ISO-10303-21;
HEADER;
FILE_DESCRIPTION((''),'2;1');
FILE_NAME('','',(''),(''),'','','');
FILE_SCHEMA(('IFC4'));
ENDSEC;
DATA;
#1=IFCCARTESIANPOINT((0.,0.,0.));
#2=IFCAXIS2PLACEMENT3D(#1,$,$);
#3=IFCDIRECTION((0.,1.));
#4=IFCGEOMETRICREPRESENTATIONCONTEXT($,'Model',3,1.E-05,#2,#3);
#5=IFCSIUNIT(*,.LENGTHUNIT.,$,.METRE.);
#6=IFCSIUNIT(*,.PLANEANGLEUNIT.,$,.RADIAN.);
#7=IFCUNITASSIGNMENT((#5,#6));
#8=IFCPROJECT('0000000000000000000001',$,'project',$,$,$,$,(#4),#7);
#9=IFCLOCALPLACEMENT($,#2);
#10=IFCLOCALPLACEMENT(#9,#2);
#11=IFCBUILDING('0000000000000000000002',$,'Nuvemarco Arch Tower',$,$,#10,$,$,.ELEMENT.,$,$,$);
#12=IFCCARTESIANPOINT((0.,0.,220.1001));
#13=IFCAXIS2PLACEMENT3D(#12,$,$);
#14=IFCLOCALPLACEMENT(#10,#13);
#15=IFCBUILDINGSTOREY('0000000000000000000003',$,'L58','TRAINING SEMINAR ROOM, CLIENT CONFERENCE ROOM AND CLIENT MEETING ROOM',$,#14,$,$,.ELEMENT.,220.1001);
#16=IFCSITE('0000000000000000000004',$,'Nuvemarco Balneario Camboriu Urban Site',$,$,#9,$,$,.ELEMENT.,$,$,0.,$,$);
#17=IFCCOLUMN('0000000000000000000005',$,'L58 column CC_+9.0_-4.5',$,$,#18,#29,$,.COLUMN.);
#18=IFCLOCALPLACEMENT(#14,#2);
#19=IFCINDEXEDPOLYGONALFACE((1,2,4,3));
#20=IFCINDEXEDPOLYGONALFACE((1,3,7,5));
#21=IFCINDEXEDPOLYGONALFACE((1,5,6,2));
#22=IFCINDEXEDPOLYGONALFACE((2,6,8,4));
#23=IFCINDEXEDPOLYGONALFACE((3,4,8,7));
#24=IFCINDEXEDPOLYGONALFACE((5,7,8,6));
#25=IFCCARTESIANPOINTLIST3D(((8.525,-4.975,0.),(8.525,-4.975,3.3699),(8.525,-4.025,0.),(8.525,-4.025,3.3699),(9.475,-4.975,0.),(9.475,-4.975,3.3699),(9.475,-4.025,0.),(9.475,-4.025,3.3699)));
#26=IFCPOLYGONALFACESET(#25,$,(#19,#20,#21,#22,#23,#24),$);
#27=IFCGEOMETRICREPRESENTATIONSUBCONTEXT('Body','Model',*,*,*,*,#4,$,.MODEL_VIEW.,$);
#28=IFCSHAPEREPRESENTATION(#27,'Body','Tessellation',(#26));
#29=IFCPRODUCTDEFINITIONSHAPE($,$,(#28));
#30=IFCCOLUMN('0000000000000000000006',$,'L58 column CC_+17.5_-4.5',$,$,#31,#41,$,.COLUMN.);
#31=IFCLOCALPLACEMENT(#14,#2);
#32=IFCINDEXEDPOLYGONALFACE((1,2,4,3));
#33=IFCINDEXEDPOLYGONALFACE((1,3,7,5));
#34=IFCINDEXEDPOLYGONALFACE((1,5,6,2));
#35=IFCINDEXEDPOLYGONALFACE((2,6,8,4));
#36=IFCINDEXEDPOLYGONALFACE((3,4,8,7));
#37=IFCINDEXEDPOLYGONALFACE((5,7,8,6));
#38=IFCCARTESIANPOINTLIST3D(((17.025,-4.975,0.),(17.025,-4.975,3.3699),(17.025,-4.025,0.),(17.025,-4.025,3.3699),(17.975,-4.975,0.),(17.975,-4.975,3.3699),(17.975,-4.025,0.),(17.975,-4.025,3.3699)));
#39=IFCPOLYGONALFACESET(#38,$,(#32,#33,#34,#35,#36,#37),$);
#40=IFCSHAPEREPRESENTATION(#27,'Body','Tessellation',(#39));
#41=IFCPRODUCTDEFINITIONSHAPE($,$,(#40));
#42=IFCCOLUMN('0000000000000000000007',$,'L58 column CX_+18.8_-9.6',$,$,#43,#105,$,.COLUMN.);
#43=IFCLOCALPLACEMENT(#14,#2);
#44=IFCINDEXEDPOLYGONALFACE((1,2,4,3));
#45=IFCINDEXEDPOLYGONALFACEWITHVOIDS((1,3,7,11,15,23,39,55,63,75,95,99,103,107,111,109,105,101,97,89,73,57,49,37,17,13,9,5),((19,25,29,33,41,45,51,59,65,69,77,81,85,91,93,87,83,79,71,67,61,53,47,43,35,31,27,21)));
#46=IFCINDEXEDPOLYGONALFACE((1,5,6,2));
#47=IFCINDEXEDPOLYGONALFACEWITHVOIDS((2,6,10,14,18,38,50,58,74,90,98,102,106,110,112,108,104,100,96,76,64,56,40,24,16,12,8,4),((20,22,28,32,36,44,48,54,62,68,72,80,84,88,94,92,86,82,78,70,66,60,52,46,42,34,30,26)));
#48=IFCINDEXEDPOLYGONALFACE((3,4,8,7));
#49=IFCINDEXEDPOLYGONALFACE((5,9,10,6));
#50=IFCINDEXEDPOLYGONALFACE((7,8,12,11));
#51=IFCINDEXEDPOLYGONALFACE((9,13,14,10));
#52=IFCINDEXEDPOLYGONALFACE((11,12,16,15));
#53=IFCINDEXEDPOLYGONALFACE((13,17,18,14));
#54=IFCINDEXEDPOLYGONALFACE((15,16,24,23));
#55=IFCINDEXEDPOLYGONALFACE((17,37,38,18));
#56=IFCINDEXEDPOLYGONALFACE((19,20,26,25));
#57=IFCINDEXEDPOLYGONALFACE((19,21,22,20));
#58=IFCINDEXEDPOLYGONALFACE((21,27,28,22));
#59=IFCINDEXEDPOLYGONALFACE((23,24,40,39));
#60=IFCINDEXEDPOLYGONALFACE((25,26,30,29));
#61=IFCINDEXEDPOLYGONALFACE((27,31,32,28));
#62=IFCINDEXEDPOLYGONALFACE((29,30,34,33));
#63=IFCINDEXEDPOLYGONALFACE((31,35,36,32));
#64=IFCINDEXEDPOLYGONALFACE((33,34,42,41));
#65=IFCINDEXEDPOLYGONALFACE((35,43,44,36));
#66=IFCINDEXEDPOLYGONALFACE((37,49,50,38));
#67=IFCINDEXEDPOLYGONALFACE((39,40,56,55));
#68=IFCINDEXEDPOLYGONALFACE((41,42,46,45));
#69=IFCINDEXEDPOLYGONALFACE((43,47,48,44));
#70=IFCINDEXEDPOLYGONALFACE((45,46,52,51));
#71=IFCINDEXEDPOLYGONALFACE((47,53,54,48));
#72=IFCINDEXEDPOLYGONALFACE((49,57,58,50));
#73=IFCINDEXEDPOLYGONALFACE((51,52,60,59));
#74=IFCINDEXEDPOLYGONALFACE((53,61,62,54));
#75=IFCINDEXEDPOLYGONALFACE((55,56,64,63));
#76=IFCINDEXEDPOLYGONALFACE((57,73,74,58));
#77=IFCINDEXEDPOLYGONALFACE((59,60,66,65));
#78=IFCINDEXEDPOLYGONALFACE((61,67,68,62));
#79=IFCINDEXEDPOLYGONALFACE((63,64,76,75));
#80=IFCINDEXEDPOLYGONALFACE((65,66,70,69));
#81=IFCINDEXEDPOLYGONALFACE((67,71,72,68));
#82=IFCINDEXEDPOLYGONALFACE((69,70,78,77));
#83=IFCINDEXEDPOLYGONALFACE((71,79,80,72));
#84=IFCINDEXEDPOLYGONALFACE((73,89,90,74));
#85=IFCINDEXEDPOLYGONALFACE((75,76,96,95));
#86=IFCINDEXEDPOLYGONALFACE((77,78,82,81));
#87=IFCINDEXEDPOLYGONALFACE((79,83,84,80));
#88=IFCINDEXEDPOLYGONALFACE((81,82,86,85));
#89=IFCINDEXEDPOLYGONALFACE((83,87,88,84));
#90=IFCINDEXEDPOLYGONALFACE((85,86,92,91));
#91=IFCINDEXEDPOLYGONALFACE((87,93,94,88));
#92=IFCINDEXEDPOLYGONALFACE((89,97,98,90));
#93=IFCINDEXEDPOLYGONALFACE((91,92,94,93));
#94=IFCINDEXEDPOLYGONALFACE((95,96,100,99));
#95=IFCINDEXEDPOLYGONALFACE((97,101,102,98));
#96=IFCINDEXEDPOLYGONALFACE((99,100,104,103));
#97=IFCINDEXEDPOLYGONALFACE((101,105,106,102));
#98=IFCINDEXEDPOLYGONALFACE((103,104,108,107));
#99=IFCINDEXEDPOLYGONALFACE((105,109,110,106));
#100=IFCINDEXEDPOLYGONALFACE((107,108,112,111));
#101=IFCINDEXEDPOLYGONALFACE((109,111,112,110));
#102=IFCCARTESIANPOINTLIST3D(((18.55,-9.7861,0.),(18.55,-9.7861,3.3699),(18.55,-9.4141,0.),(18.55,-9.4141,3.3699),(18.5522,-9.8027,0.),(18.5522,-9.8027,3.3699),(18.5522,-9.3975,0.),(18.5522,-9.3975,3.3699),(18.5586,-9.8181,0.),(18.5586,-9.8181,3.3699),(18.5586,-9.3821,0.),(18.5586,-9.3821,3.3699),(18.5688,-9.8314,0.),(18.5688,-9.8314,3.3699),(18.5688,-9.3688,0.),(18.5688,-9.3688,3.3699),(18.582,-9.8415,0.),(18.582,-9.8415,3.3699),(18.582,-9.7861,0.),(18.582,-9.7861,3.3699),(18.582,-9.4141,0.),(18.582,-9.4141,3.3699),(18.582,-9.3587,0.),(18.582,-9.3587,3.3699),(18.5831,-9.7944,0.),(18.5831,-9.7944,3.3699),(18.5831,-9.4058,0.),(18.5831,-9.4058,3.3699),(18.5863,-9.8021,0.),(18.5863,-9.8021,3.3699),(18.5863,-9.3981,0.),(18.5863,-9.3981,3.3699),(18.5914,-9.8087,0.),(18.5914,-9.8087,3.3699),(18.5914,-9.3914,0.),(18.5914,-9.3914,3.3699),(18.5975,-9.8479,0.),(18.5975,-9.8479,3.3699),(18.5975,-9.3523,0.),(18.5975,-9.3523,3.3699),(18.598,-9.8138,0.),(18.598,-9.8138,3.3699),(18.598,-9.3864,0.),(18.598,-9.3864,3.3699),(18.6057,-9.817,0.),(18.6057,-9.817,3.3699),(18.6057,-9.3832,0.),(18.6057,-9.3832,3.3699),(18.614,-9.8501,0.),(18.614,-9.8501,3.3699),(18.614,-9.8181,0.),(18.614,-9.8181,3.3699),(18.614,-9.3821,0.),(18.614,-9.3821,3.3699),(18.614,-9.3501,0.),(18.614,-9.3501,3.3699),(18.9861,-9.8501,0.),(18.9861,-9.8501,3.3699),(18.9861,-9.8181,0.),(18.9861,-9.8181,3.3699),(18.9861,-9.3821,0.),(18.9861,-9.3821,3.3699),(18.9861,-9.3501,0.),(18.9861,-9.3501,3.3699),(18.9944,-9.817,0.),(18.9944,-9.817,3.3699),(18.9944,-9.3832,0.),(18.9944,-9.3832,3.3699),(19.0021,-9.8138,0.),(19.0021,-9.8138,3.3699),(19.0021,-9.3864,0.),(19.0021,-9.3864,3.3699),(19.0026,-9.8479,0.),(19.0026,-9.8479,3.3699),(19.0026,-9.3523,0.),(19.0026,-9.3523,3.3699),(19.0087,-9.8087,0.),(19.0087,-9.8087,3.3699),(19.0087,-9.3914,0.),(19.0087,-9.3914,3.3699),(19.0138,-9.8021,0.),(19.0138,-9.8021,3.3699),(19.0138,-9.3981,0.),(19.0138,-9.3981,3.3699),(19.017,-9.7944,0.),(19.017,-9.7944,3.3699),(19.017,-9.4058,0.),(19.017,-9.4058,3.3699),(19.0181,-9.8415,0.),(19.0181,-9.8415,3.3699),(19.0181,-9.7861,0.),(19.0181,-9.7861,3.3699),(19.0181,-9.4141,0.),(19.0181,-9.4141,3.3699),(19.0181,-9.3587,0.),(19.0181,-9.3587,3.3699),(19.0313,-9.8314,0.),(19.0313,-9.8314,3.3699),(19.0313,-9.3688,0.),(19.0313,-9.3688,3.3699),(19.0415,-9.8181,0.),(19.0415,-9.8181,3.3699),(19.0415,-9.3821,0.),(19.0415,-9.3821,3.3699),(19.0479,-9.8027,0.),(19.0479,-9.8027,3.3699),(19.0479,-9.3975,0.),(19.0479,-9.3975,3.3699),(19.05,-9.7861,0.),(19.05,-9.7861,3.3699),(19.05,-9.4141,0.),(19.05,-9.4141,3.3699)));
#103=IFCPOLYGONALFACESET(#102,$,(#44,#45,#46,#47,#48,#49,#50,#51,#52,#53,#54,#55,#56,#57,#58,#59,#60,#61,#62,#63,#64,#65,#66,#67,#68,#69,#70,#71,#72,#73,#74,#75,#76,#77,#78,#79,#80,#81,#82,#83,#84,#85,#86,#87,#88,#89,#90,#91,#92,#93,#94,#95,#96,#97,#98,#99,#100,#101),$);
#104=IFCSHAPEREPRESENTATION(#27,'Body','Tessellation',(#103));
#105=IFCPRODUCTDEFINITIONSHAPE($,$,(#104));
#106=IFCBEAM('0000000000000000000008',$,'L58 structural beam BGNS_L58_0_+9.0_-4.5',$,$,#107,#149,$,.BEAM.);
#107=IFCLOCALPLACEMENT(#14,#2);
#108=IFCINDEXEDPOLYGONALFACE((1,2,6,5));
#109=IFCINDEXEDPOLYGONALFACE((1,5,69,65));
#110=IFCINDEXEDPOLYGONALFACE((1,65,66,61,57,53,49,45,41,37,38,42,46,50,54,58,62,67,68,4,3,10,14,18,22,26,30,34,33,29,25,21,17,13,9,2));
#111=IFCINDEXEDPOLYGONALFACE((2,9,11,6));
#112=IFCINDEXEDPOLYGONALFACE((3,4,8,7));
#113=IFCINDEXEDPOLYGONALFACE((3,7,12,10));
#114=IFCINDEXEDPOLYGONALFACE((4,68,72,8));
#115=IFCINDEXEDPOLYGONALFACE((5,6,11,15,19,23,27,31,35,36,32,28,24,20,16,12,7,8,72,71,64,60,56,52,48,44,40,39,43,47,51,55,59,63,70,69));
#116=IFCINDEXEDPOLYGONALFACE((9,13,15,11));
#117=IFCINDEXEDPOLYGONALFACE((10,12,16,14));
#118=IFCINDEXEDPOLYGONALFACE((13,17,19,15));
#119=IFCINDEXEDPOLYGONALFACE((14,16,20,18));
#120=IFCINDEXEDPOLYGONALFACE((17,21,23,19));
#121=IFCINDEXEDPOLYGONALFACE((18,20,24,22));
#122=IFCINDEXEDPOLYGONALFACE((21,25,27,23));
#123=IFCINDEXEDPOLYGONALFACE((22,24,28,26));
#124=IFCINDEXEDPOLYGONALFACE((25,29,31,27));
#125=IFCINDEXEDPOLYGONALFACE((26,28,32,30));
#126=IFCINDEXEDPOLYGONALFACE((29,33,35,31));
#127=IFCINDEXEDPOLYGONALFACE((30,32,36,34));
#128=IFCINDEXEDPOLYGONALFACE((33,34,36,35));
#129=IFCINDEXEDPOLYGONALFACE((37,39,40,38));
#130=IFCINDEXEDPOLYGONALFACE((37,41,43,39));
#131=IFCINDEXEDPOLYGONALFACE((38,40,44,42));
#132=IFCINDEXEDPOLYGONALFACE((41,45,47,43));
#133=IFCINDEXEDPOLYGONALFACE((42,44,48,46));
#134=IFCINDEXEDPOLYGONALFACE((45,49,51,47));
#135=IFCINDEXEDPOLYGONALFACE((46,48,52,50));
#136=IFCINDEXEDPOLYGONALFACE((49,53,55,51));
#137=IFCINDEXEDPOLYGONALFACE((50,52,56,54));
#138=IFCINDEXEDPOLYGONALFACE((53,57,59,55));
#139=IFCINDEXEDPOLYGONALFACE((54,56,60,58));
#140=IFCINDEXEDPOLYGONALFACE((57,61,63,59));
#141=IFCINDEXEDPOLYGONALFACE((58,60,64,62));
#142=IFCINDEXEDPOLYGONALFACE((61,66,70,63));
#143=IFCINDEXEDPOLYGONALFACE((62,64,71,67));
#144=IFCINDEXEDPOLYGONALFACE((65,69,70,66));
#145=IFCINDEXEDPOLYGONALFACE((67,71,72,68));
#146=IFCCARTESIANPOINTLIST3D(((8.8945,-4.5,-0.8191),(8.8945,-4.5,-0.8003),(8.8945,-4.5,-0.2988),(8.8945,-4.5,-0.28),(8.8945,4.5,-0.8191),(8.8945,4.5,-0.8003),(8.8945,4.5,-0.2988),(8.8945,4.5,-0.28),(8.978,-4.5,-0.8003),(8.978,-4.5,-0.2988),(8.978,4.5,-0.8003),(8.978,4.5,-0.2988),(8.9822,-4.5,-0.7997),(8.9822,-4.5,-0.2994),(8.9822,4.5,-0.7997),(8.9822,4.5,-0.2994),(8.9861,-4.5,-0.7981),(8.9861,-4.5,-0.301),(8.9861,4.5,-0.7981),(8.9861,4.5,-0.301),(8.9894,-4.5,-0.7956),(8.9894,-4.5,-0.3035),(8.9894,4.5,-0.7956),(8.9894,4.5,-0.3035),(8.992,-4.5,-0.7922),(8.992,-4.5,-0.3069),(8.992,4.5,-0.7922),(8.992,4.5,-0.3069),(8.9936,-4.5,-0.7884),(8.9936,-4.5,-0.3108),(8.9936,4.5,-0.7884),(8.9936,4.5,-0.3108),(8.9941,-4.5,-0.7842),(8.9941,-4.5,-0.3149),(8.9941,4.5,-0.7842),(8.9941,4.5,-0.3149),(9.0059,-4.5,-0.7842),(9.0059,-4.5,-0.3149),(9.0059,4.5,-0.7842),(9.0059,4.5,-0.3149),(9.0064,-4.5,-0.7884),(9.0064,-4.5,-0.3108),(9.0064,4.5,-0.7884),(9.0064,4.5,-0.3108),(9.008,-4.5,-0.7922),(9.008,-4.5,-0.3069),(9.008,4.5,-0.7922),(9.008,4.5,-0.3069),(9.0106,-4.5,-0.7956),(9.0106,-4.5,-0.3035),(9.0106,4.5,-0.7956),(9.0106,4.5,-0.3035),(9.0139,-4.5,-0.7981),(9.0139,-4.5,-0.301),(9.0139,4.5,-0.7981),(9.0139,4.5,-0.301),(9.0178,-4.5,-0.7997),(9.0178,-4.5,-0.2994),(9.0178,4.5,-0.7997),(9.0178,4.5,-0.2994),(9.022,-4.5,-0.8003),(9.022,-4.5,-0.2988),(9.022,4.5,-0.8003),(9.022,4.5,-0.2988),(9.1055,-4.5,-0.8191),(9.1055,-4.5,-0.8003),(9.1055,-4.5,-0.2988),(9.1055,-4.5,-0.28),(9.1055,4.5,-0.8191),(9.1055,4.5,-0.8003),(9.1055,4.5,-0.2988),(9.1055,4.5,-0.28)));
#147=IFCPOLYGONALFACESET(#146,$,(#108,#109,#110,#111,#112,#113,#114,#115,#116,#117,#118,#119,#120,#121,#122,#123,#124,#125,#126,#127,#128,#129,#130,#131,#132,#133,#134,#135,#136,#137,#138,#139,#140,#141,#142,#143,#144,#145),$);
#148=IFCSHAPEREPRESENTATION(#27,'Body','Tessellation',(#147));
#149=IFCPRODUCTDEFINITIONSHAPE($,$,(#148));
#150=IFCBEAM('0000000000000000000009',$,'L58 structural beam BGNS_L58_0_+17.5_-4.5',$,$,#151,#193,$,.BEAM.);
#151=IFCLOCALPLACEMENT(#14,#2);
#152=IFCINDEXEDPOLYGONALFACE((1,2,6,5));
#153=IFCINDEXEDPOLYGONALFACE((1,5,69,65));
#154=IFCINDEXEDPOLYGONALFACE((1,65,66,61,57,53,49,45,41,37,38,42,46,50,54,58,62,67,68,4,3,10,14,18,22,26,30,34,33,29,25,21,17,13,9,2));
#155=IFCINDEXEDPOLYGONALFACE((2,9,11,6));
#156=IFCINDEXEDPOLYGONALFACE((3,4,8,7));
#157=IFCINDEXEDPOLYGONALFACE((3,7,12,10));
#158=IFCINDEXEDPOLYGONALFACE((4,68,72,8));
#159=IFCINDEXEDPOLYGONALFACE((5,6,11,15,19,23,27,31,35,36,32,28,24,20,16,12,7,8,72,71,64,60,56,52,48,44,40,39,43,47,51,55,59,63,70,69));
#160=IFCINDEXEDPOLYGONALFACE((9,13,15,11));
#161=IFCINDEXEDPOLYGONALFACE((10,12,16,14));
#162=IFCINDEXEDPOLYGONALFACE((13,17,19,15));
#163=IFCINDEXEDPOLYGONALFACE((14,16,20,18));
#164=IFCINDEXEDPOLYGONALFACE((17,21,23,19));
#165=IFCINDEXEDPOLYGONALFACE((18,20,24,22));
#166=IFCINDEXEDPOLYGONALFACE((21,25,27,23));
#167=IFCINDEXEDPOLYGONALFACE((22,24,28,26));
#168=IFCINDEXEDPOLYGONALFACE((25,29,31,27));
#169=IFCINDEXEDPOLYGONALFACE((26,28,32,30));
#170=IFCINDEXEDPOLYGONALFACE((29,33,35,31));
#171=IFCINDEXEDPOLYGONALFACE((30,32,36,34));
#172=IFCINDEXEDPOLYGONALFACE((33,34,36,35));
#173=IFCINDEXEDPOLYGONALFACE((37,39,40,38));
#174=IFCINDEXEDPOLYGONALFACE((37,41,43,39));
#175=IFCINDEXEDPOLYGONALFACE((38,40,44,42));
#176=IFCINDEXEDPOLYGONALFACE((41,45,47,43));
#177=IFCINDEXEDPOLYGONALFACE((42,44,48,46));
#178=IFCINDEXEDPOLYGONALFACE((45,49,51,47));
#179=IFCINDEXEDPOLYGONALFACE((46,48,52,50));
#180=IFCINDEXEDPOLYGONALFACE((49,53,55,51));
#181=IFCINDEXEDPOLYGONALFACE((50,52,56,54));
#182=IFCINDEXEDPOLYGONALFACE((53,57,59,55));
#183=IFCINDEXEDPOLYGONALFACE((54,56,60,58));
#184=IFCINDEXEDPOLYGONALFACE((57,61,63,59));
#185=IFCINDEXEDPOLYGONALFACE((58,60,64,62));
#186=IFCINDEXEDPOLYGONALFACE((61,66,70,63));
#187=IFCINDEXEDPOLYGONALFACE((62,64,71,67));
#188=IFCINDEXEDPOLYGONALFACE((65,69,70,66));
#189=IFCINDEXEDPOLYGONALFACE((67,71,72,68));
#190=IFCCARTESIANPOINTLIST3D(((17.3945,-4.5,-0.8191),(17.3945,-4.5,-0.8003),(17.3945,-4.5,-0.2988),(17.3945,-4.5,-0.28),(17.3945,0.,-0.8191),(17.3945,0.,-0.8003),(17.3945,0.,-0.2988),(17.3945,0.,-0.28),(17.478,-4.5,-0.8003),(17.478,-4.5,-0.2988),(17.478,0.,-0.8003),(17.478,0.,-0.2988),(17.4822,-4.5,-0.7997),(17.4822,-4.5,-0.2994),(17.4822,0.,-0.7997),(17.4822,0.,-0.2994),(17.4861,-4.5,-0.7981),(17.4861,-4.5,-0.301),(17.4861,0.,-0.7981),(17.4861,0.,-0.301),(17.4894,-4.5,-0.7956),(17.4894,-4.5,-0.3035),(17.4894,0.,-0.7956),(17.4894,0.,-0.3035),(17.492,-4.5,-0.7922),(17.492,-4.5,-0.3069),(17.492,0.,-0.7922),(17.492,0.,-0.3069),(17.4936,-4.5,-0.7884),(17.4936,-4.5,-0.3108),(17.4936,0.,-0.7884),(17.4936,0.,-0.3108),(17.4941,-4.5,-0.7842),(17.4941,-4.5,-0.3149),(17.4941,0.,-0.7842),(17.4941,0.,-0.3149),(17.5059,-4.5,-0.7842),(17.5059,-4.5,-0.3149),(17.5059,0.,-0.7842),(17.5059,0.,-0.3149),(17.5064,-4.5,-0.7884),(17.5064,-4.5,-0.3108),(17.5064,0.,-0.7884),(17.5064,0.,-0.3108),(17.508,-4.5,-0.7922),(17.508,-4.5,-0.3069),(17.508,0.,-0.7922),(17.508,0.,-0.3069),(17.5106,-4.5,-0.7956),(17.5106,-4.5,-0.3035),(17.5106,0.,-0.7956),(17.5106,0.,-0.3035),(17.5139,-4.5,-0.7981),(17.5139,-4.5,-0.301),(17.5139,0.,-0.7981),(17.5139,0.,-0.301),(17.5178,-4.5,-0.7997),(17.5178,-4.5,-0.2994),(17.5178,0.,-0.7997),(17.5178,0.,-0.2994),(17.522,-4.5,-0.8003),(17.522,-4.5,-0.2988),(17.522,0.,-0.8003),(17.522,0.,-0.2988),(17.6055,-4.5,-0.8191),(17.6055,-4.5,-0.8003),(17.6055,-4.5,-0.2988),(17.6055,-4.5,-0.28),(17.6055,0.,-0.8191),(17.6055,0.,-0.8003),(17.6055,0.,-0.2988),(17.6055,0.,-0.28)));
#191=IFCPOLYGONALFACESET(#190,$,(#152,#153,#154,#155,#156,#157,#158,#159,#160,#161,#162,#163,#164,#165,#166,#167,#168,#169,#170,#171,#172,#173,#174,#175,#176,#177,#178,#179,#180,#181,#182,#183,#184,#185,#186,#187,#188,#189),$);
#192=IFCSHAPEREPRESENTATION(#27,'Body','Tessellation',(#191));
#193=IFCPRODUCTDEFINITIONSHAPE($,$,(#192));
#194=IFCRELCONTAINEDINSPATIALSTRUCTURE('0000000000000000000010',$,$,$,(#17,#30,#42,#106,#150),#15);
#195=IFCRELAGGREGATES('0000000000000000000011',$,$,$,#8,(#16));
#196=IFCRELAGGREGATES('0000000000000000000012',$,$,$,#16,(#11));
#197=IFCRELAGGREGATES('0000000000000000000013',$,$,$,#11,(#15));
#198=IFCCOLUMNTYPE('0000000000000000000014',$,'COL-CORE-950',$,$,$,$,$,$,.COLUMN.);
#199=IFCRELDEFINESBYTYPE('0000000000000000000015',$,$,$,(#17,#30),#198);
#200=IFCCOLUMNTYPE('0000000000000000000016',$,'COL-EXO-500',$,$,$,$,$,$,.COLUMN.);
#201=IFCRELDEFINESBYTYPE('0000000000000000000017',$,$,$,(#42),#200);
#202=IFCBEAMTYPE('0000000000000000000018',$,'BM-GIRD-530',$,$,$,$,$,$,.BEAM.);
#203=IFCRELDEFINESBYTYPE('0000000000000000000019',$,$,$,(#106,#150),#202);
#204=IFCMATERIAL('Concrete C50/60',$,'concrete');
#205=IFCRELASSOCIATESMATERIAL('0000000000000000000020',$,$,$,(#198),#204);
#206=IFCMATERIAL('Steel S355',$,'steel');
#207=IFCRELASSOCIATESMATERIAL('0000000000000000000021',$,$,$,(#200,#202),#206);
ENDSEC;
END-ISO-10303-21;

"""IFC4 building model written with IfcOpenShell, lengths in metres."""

from ifc_helpers import new_model, si_unit, direction, frame, origin, origin_2d, place, context, subcontext, project, spatial, rectangle, hollow_rectangle, i_section, extrude, material, material_profile, profile_set, type_object, element, save


model = new_model("IFC4")

# Units and contexts
model_context = context("Model", 3, precision=1e-05, world=origin(), true_north=direction((0.0, 1.0)))
body_context = subcontext(model_context, "Body", "Model", "MODEL_VIEW")
ifc_project = project(units=[si_unit("LENGTHUNIT", "METRE"), si_unit("PLANEANGLEUNIT", "RADIAN")], contexts=[model_context])

# Site, building, storey
site_placement = place(None, origin())
site = spatial("IfcSite", under=ifc_project, at=site_placement, Name="Nuvemarco Balneario Camboriu Urban Site", CompositionType="ELEMENT", RefElevation=0.0)
building_placement = place(site_placement, origin())
building = spatial("IfcBuilding", under=site, at=building_placement, Name="Nuvemarco Arch Tower", CompositionType="ELEMENT")
storey_placement = place(building_placement, frame((0.0, 0.0, 220.1001)))
storey = spatial("IfcBuildingStorey", under=building, at=storey_placement, Name="L58", Description="TRAINING SEMINAR ROOM, CLIENT CONFERENCE ROOM AND CLIENT MEETING ROOM", CompositionType="ELEMENT", Elevation=220.1001)

# Columns
ifc_material_1 = material(Name="Concrete C50/60", Category="concrete")
ifc_material_profile_1 = material_profile(ifc_material_1, rectangle(XDim=0.95, YDim=0.95, at=origin_2d()), Name="RC-COL-950x950")
ifc_profile_set_1 = profile_set([ifc_material_profile_1], Name="Concrete C50/60")
column_type_1 = type_object("IfcColumnType", Name="COL-CORE-950", PredefinedType="COLUMN", material=ifc_profile_set_1)
for number, where, z_axis, x_axis, name in (
    (1, (9.0, -4.5, 0.0), (0.0, 0.0, 1.0), (1.0, 0.0, 0.0), "L58 column CC_+9.0_-4.5"),
    (2, (17.5, -4.5, 0.0), (0.0, 0.0, 1.0), (1.0, 0.0, 0.0), "L58 column CC_+17.5_-4.5"),
):
    element("IfcColumn", number, at=place(storey_placement, frame(where, z_axis=z_axis, x_axis=x_axis)), inside=storey, type_object=column_type_1, Name=name, PredefinedType="COLUMN", context=body_context, shape_type="SweptSolid", body=[
        extrude(rectangle(XDim=0.95, YDim=0.95, at=origin_2d()), origin(), (0.0, 0.0, 1.0), 3.3699),
    ])
ifc_material_2 = material(Name="Steel S355", Category="steel")
ifc_material_profile_2 = material_profile(ifc_material_2, hollow_rectangle(XDim=0.5, YDim=0.5, WallThickness=0.032, InnerFilletRadius=0.032, OuterFilletRadius=0.064, at=origin_2d()), Name="SHS500x500x32")
ifc_profile_set_2 = profile_set([ifc_material_profile_2], Name="Steel S355")
column_type_2 = type_object("IfcColumnType", Name="COL-EXO-500", PredefinedType="COLUMN", material=ifc_profile_set_2)
column_placement = place(storey_placement, frame((18.8, -9.6001, 0.0), z_axis=(0.0, 0.0, 1.0), x_axis=(1.0, 0.0, 0.0)))
element("IfcColumn", 3, at=column_placement, inside=storey, type_object=column_type_2, Name="L58 column CX_+18.8_-9.6", PredefinedType="COLUMN", context=body_context, shape_type="SweptSolid", body=[
    extrude(hollow_rectangle(XDim=0.5, YDim=0.5, WallThickness=0.032, InnerFilletRadius=0.032, OuterFilletRadius=0.064, at=origin_2d()), origin(), (0.0, 0.0, 1.0), 3.3699),
])

# Beams
ifc_material_profile_3 = material_profile(ifc_material_2, i_section(OverallWidth=0.2109, OverallDepth=0.5391, WebThickness=0.0117, FlangeThickness=0.0188, FilletRadius=0.0161, at=origin_2d()), Name="W530x109")
ifc_profile_set_3 = profile_set([ifc_material_profile_3], Name="Steel S355")
beam_type_1 = type_object("IfcBeamType", Name="BM-GIRD-530", PredefinedType="BEAM", material=ifc_profile_set_3)
beam_1_placement = place(storey_placement, frame((9.0, -4.5, -0.5496), z_axis=(0.0, 1.0, 0.0), x_axis=(-1.0, 0.0, 0.0)))
element("IfcBeam", 4, at=beam_1_placement, inside=storey, type_object=beam_type_1, Name="L58 structural beam BGNS_L58_0_+9.0_-4.5", PredefinedType="BEAM", context=body_context, shape_type="SweptSolid", body=[
    extrude(i_section(OverallWidth=0.2109, OverallDepth=0.5391, WebThickness=0.0117, FlangeThickness=0.0188, FilletRadius=0.0161, at=origin_2d()), origin(), (0.0, 0.0, 1.0), 9.0),
])
beam_2_placement = place(storey_placement, frame((17.5, -4.5, -0.5496), z_axis=(0.0, 1.0, 0.0), x_axis=(-1.0, 0.0, 0.0)))
element("IfcBeam", 5, at=beam_2_placement, inside=storey, type_object=beam_type_1, Name="L58 structural beam BGNS_L58_0_+17.5_-4.5", PredefinedType="BEAM", context=body_context, shape_type="SweptSolid", body=[
    extrude(i_section(OverallWidth=0.2109, OverallDepth=0.5391, WebThickness=0.0117, FlangeThickness=0.0188, FilletRadius=0.0161, at=origin_2d()), origin(), (0.0, 0.0, 1.0), 4.5),
])

save(model, "model.ifc")
